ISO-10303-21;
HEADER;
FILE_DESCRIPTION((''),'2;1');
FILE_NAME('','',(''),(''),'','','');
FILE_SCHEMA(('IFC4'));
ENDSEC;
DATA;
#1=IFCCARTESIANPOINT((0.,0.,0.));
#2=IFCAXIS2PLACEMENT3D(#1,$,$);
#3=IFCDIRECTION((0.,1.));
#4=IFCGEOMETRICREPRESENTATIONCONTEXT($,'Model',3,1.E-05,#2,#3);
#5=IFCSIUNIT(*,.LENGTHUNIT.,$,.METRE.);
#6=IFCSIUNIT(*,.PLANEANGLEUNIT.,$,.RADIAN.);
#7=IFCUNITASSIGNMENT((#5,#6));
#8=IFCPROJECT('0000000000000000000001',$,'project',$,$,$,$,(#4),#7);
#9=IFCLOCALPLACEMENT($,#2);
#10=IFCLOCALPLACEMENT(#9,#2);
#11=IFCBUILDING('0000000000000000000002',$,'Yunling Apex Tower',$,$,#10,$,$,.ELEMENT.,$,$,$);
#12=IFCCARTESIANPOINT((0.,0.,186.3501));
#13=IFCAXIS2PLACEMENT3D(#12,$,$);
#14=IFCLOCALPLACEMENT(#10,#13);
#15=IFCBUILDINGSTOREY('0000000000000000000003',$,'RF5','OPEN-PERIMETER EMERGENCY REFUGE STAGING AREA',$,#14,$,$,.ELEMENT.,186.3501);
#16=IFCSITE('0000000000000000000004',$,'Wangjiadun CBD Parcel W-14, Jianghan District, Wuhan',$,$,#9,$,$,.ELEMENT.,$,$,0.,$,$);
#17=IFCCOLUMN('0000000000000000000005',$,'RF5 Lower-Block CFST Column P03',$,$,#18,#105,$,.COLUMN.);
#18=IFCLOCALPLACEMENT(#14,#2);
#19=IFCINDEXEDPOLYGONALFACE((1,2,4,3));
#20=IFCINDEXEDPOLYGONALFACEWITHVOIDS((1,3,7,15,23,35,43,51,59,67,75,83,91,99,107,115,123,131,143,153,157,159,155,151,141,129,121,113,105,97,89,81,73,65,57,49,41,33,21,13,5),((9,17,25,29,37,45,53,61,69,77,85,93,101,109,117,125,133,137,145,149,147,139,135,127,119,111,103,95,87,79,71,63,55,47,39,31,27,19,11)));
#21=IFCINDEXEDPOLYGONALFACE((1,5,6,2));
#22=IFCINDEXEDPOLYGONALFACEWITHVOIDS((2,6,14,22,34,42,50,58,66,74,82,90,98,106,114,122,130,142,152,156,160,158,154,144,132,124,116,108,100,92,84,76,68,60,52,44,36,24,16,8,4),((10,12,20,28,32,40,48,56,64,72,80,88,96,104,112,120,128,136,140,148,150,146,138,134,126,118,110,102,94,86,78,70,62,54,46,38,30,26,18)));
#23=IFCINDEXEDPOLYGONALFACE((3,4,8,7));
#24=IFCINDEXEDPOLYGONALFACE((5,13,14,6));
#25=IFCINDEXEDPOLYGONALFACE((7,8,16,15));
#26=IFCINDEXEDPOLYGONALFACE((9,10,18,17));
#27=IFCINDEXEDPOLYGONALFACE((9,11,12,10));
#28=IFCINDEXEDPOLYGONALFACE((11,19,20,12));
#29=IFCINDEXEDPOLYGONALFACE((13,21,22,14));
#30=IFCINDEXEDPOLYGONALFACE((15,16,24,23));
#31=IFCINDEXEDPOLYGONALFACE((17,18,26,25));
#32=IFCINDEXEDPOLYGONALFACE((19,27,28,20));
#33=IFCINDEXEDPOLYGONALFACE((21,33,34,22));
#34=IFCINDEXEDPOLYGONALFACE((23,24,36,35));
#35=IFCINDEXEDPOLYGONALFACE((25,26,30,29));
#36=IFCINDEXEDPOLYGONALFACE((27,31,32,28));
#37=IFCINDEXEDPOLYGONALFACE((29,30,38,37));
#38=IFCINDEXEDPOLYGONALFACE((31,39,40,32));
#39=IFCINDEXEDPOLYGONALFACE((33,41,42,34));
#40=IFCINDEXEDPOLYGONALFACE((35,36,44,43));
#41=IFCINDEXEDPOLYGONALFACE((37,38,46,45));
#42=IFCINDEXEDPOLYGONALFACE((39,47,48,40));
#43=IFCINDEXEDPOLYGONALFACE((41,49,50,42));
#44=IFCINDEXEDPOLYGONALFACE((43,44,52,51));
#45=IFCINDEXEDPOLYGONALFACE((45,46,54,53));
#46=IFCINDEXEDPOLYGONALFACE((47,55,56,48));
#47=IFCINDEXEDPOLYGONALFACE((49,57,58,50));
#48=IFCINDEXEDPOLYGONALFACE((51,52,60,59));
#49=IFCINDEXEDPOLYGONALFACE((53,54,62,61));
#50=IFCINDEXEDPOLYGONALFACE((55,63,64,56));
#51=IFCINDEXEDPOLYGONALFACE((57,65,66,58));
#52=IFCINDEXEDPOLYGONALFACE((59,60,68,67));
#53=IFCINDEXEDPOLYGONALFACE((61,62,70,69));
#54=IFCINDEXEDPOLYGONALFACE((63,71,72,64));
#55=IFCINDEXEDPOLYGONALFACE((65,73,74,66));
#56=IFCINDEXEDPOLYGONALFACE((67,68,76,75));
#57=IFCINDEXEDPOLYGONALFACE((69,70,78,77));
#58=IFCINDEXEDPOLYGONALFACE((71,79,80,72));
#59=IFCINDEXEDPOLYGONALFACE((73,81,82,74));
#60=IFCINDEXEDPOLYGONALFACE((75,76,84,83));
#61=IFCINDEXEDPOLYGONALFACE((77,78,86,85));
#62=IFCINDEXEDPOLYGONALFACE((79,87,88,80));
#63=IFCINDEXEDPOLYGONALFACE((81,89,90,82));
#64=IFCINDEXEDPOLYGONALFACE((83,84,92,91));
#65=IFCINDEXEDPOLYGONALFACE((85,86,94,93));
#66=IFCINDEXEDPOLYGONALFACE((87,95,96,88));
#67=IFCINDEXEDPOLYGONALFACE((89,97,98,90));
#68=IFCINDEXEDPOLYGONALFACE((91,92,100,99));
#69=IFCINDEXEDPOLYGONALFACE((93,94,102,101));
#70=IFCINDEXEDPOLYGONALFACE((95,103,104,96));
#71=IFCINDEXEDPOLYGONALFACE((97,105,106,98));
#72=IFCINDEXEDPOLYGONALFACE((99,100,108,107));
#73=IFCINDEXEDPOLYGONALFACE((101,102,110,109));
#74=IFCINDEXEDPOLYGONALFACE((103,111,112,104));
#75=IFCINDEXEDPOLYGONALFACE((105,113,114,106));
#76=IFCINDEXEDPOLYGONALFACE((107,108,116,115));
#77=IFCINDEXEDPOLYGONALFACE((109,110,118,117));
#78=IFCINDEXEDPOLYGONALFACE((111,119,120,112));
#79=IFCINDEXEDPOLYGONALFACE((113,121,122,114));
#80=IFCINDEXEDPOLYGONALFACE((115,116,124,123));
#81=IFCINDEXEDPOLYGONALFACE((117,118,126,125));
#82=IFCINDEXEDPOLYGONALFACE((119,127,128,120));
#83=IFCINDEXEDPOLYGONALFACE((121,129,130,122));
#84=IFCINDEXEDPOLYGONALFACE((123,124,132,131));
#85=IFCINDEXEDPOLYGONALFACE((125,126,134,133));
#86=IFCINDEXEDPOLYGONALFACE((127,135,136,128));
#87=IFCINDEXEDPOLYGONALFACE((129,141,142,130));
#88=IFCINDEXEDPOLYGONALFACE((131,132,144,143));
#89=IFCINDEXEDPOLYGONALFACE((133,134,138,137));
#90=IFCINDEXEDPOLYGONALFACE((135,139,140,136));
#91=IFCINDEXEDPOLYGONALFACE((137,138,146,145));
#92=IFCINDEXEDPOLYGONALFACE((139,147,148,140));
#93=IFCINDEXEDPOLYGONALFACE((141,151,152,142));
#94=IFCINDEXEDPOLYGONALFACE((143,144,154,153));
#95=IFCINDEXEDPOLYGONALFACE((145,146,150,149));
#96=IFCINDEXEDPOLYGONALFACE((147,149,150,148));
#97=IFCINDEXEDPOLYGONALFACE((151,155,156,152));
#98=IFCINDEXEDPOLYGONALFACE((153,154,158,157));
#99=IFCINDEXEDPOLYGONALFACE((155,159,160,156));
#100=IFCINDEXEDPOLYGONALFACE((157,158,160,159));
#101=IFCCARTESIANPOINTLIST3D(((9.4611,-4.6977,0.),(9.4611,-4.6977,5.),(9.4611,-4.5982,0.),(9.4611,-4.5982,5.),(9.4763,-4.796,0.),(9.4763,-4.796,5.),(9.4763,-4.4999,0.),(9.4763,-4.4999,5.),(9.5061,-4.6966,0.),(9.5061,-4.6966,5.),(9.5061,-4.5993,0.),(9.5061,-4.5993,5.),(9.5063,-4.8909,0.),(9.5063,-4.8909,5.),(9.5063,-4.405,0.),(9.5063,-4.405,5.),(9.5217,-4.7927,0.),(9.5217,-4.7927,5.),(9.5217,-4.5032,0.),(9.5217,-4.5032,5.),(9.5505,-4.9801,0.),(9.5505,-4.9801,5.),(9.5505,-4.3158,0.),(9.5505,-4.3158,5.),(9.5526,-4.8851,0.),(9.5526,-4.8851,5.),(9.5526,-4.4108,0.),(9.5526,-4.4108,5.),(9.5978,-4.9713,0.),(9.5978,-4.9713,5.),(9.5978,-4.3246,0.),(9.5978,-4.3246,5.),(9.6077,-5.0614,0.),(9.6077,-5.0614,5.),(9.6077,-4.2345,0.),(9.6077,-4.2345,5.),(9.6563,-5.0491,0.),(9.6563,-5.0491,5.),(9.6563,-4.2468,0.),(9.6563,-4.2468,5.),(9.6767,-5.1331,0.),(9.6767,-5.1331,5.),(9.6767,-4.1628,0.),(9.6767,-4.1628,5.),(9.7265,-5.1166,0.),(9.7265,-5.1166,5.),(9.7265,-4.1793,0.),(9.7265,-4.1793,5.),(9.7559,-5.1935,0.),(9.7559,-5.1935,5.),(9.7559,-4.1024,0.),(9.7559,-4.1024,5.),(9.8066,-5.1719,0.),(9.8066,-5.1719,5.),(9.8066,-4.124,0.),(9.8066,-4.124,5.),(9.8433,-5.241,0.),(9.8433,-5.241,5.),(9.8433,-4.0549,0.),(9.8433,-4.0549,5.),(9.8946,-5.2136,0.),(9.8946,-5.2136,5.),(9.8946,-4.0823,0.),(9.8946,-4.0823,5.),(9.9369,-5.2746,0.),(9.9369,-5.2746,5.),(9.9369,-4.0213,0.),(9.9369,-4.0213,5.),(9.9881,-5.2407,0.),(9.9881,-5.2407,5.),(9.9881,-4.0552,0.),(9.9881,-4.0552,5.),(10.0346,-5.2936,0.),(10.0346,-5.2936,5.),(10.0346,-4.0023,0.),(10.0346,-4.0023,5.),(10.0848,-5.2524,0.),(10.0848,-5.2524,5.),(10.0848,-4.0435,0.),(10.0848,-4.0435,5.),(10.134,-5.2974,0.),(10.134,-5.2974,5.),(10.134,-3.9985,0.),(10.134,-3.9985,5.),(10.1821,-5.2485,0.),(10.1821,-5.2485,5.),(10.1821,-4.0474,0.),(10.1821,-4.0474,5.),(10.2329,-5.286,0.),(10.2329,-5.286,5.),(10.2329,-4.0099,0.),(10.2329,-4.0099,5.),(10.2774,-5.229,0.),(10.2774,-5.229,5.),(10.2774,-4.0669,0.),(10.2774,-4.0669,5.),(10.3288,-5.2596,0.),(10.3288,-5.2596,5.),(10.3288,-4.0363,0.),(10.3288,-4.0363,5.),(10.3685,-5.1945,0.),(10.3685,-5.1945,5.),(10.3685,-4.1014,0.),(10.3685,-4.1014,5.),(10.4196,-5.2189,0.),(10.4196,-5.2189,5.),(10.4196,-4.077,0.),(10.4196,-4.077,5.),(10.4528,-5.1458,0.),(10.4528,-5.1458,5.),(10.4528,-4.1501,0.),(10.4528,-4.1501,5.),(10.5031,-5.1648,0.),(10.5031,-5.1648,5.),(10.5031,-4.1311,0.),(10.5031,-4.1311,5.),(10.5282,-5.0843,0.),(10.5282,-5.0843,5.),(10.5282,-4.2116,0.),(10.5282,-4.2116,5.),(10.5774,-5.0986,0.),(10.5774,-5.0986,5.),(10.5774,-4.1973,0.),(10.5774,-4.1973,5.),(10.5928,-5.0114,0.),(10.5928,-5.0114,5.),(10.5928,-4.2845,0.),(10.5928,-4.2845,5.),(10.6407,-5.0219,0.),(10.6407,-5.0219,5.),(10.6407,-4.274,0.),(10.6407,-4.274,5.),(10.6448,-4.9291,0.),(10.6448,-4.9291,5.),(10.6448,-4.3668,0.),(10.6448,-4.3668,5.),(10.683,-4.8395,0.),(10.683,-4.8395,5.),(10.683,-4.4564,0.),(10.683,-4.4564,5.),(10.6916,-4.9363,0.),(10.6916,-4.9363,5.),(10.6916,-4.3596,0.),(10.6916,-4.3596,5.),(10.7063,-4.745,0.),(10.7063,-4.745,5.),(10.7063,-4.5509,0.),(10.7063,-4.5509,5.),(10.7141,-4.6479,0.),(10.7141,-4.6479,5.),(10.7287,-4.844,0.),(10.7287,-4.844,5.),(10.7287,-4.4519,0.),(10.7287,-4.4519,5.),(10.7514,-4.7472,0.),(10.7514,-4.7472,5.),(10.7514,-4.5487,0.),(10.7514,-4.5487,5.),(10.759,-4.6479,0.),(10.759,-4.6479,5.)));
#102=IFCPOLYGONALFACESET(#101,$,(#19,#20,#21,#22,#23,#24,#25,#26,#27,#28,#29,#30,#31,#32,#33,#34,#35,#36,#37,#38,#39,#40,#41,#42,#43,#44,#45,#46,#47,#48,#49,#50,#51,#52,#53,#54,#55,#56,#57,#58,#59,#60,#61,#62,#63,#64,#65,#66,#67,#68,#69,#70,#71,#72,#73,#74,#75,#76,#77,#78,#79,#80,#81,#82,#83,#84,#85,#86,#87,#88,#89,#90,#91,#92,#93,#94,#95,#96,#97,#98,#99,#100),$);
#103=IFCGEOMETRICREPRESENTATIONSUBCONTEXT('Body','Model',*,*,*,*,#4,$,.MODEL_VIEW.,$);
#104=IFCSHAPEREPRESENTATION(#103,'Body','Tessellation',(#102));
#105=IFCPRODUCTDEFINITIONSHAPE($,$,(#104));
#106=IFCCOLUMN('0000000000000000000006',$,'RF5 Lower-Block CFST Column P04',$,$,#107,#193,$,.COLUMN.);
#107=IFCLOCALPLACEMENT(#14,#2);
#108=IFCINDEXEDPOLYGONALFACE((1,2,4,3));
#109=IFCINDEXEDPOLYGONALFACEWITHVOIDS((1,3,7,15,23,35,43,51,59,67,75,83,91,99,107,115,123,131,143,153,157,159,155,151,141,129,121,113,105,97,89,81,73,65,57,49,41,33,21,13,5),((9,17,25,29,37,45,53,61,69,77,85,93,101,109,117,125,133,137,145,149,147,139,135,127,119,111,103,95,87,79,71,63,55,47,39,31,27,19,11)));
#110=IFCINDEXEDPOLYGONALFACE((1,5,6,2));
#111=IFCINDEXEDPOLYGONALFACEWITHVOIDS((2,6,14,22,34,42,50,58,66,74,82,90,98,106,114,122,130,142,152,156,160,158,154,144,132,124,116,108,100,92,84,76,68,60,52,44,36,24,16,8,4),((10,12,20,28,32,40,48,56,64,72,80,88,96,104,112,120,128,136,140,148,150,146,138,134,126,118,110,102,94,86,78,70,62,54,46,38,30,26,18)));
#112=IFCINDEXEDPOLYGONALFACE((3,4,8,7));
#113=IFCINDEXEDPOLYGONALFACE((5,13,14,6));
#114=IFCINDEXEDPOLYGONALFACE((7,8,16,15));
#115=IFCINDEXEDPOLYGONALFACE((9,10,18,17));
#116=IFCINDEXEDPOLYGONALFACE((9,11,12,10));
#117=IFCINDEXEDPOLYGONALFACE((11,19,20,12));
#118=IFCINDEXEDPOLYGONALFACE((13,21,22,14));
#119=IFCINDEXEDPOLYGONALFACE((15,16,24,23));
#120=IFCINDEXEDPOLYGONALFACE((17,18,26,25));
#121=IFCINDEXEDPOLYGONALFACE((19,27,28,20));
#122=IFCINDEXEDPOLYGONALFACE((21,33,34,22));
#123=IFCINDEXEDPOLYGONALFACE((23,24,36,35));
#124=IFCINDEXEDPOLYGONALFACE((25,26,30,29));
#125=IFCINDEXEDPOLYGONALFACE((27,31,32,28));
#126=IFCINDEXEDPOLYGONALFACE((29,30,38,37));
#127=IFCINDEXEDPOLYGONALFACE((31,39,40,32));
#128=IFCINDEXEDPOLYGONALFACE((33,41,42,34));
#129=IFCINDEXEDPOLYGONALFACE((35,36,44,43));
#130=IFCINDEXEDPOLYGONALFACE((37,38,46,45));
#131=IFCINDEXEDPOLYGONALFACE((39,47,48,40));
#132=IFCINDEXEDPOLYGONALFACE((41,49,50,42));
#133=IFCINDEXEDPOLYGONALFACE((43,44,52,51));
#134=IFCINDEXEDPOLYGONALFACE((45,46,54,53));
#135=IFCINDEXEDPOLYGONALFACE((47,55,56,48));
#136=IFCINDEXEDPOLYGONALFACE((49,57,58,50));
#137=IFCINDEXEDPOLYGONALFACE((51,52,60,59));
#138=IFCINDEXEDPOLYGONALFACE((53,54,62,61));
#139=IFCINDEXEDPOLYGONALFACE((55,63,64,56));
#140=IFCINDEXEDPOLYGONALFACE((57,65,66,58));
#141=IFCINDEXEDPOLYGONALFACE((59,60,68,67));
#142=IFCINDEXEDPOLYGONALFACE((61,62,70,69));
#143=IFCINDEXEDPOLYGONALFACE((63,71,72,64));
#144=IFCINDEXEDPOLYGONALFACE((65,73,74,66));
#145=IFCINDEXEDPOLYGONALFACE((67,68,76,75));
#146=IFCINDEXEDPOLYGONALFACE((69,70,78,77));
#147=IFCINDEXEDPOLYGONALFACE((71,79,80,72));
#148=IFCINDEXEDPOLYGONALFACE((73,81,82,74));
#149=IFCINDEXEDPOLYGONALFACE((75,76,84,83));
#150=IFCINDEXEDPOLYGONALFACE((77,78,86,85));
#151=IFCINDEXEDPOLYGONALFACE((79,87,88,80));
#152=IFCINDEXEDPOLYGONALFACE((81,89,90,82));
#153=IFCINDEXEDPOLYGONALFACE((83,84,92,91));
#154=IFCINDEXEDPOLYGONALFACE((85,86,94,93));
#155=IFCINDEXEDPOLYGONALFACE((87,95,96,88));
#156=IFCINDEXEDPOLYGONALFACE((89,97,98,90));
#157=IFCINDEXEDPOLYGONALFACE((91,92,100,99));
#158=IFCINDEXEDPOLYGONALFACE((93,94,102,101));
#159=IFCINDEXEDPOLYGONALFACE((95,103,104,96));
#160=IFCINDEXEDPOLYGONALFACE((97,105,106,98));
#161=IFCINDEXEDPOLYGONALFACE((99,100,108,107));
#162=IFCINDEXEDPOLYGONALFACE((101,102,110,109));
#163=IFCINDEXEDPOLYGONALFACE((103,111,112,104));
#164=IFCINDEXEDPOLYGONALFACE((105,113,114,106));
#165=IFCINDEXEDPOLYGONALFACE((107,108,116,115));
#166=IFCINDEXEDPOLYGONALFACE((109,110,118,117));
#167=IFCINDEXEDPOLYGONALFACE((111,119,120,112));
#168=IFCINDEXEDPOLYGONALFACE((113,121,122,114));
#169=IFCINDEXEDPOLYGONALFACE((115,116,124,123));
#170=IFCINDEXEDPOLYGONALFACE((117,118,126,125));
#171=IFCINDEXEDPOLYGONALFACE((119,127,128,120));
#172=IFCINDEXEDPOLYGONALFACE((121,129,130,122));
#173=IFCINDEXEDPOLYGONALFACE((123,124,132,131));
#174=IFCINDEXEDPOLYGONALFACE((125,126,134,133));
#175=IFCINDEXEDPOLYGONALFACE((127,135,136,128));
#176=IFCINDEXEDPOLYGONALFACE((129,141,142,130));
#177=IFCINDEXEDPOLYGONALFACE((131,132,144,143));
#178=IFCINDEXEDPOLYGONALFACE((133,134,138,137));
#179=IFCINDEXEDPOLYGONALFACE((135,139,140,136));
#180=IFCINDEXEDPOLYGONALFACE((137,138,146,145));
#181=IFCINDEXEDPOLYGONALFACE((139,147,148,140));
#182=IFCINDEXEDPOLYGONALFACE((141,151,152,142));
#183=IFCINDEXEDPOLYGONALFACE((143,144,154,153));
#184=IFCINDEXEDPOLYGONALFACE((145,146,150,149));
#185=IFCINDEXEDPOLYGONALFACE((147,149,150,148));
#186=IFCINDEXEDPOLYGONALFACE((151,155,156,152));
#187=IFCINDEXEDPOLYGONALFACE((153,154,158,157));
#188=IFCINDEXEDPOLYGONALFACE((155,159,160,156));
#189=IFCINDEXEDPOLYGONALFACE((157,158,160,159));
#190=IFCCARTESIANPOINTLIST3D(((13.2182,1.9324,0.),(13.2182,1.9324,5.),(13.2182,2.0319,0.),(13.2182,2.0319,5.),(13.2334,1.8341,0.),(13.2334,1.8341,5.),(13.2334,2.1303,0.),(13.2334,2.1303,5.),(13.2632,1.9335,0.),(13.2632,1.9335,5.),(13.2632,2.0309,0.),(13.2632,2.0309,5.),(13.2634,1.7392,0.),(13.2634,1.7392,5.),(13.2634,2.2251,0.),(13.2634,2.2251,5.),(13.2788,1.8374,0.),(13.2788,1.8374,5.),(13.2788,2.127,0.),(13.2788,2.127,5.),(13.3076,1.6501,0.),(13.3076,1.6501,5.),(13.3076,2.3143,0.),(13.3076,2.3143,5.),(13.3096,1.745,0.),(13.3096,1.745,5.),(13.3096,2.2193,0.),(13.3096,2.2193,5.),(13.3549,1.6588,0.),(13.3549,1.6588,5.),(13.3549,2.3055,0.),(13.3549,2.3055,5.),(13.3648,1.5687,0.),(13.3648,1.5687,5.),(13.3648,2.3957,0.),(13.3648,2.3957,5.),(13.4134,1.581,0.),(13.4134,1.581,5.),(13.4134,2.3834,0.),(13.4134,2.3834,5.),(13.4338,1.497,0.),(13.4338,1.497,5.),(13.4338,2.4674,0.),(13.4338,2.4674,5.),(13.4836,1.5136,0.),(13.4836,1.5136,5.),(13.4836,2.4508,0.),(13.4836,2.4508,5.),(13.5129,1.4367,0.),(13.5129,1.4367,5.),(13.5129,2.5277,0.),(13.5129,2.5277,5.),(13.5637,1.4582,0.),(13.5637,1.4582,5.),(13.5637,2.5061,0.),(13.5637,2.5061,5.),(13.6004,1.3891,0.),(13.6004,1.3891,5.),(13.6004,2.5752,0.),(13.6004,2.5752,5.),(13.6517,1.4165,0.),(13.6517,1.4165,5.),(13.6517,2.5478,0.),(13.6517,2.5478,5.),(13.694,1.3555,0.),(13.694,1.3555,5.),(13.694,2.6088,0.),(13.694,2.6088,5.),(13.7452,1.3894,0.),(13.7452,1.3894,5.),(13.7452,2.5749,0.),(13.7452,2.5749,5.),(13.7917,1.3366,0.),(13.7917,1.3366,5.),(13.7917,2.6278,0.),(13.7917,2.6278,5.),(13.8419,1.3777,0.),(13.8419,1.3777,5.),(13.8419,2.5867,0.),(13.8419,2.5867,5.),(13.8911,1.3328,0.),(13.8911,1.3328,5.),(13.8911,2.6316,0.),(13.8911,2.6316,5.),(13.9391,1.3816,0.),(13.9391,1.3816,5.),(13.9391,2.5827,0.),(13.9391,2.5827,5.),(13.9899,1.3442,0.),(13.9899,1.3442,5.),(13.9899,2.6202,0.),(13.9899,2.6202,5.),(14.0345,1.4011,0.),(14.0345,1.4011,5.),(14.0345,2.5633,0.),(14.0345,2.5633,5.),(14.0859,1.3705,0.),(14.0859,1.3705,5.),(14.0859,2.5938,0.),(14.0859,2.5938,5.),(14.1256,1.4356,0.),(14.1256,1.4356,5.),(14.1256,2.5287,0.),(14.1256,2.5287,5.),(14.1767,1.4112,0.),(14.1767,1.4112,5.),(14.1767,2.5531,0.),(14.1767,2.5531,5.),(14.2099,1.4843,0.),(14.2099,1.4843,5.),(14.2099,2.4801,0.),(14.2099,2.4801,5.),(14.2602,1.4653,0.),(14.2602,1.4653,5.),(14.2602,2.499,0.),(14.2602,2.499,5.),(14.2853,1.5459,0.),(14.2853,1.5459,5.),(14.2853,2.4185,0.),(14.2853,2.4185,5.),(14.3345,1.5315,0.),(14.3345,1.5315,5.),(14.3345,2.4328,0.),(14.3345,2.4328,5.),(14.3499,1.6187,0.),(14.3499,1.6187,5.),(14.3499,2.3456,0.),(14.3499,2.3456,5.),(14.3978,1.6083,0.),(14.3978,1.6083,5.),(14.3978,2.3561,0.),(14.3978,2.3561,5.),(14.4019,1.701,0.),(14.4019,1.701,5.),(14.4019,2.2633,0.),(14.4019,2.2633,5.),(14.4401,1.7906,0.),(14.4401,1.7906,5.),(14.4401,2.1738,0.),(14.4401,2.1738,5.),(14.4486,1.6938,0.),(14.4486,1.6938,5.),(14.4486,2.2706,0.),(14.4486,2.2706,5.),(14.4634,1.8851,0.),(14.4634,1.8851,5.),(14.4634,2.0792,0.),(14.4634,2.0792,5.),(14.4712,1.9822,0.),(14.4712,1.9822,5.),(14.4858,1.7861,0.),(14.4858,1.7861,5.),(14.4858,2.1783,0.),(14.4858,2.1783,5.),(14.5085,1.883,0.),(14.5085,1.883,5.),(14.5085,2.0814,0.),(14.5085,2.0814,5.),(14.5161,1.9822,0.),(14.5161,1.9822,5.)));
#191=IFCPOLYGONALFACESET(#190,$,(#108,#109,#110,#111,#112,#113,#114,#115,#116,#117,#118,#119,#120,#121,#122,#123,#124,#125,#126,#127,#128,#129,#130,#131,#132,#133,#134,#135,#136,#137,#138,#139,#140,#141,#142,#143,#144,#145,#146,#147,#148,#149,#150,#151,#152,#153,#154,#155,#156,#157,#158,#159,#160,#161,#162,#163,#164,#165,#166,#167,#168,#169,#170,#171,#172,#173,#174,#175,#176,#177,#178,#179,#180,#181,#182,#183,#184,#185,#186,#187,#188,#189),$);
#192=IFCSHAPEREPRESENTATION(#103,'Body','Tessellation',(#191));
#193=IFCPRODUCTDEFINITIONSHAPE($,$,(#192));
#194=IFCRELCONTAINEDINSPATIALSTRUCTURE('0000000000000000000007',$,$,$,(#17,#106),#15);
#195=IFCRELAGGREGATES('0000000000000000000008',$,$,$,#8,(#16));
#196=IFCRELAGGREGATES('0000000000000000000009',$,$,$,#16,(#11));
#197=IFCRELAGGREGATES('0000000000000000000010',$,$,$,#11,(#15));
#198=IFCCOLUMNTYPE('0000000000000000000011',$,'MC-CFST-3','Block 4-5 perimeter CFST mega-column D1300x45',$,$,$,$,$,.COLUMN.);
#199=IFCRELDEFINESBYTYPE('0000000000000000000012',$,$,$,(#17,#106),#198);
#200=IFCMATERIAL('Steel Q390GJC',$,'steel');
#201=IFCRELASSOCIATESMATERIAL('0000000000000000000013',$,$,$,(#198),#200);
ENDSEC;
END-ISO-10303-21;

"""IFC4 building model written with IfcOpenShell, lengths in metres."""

from ifc_helpers import new_model, si_unit, direction, frame, origin, origin_2d, place, context, subcontext, project, spatial, hollow_circle, extrude, source, transform, mapped, material, material_profile, profile_set, type_object, element, save


model = new_model("IFC4")

# Units and contexts
model_context = context("Model", 3, precision=1e-05, world=origin(), true_north=direction((0.0, 1.0)))
body_context = subcontext(model_context, "Body", "Model", "MODEL_VIEW")
ifc_project = project(units=[si_unit("LENGTHUNIT", "METRE"), si_unit("PLANEANGLEUNIT", "RADIAN")], contexts=[model_context])

# Site, building, storey
site_placement = place(None, origin())
site = spatial("IfcSite", under=ifc_project, at=site_placement, Name="Wangjiadun CBD Parcel W-14, Jianghan District, Wuhan", CompositionType="ELEMENT", RefElevation=0.0)
building_placement = place(site_placement, origin())
building = spatial("IfcBuilding", under=site, at=building_placement, Name="Yunling Apex Tower", CompositionType="ELEMENT")
storey_placement = place(building_placement, frame((0.0, 0.0, 186.3501)))
storey = spatial("IfcBuildingStorey", under=building, at=storey_placement, Name="RF5", Description="OPEN-PERIMETER EMERGENCY REFUGE STAGING AREA", CompositionType="ELEMENT", Elevation=186.3501)

# Columns
ifc_material_1 = material(Name="Steel Q390GJC", Category="steel")
ifc_material_profile_1 = material_profile(ifc_material_1, hollow_circle(Radius=0.6499, WallThickness=0.0449, at=origin_2d()))
ifc_profile_set_1 = profile_set([ifc_material_profile_1], Name="Steel Q390GJC")
column_type = type_object("IfcColumnType", Name="MC-CFST-3", Description="Block 4-5 perimeter CFST mega-column D1300x45", PredefinedType="COLUMN", material=ifc_profile_set_1)
shared_shape_1 = source(origin(), body_context, "Body", "SweptSolid", [
    extrude(hollow_circle(Radius=0.6499, WallThickness=0.0449, at=origin_2d()), origin(), (0.0, 0.0, 1.0), 5.0),
])
for number, where, z_axis, x_axis, name in (
    (1, (10.1091, -4.6479, 0.0), (0.0, 0.0, 1.0), (1.0, 0.0, 0.0), "RF5 Lower-Block CFST Column P03"),
    (2, (13.8662, 1.9822, 0.0), (0.0, 0.0, 1.0), (1.0, 0.0, 0.0), "RF5 Lower-Block CFST Column P04"),
):
    element("IfcColumn", number, at=place(storey_placement, frame(where, z_axis=z_axis, x_axis=x_axis)), inside=storey, type_object=column_type, Name=name, PredefinedType="COLUMN", context=body_context, shape_type="MappedRepresentation", body=[
        mapped(shared_shape_1, transform((0.0, 0.0, 0.0), scale=1.0)),
    ])

save(model, "model.ifc")
